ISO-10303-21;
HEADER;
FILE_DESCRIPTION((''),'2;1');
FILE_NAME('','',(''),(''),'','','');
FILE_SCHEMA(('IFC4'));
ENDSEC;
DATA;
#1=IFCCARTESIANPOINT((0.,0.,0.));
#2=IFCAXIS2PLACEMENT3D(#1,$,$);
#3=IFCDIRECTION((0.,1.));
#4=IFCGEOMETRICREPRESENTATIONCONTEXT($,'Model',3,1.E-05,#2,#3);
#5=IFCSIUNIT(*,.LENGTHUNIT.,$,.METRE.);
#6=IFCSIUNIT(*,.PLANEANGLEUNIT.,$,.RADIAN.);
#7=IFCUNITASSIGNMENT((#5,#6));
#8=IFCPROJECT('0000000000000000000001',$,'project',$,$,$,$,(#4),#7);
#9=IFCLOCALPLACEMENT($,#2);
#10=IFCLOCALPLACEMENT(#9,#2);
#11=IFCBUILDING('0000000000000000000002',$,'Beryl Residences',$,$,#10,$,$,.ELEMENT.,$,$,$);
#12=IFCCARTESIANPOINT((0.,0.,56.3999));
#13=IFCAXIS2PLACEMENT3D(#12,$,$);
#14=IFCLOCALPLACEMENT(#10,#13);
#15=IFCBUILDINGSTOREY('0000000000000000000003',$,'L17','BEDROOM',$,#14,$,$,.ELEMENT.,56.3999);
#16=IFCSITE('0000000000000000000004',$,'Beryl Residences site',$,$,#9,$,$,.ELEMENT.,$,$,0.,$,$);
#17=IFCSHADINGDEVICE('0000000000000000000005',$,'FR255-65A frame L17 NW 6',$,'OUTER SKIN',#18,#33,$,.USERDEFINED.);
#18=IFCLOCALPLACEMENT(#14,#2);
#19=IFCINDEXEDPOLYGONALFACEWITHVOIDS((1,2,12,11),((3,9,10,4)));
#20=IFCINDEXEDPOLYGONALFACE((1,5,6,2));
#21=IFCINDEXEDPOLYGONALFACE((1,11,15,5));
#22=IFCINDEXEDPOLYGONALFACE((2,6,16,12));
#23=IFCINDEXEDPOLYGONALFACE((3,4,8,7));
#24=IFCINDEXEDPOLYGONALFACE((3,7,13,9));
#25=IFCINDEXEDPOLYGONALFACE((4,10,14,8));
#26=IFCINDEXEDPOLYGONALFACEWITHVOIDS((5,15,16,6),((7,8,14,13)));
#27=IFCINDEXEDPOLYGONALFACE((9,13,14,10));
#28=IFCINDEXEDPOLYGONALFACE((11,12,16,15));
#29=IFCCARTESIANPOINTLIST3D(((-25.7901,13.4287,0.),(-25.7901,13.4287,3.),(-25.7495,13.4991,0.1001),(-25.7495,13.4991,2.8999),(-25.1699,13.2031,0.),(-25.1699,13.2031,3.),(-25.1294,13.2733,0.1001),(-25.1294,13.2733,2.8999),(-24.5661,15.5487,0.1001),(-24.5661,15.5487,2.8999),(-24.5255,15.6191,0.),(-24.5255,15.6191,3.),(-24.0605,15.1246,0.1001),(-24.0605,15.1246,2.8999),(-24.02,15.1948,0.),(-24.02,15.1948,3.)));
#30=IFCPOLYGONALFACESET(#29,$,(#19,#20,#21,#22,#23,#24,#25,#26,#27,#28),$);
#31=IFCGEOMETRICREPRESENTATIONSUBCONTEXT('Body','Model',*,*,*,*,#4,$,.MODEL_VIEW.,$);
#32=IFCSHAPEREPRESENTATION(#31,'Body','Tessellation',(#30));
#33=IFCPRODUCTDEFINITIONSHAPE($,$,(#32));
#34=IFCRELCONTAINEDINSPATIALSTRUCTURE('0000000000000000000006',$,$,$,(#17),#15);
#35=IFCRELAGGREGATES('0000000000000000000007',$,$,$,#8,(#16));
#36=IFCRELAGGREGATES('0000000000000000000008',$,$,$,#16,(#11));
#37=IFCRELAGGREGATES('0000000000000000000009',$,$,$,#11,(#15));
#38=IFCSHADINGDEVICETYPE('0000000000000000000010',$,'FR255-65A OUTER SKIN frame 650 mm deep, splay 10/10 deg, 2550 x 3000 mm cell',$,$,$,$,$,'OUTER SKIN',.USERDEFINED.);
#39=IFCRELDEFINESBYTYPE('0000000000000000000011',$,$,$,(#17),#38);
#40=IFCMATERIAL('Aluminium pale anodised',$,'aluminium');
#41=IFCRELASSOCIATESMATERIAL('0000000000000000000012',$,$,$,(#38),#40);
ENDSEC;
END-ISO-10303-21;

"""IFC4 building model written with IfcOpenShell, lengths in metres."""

from ifc_helpers import new_model, entity, si_unit, direction, frame, origin, place, context, subcontext, project, spatial, source, transform, mapped, material, type_object, type_shapes, element, save


model = new_model("IFC4")

# Units and contexts
model_context = context("Model", 3, precision=1e-05, world=origin(), true_north=direction((0.0, 1.0)))
body_context = subcontext(model_context, "Body", "Model", "MODEL_VIEW")
ifc_project = project(units=[si_unit("LENGTHUNIT", "METRE"), si_unit("PLANEANGLEUNIT", "RADIAN")], contexts=[model_context])

# Site, building, storey
site_placement = place(None, origin())
site = spatial("IfcSite", under=ifc_project, at=site_placement, Name="Beryl Residences site", CompositionType="ELEMENT", RefElevation=0.0)
building_placement = place(site_placement, origin())
building = spatial("IfcBuilding", under=site, at=building_placement, Name="Beryl Residences", CompositionType="ELEMENT")
storey_placement = place(building_placement, frame((0.0, 0.0, 56.3999)))
storey = spatial("IfcBuildingStorey", under=building, at=storey_placement, Name="L17", Description="BEDROOM", CompositionType="ELEMENT", Elevation=56.3999)

# Shading device
ifc_material_1 = material(Name="Aluminium pale anodised", Category="aluminium")
shading_device_type = type_object("IfcShadingDeviceType", Name="FR255-65A OUTER SKIN frame 650 mm deep, splay 10/10 deg, 2550 x 3000 mm cell", ElementType="OUTER SKIN", PredefinedType="USERDEFINED", material=ifc_material_1)
cartesian_point_1 = entity("IfcCartesianPoint", [-1.1499, 0.0])
cartesian_point_2 = entity("IfcCartesianPoint", [-1.0688, 0.1001])
cartesian_point_3 = entity("IfcCartesianPoint", [-1.2646, 0.0])
cartesian_point_4 = entity("IfcCartesianPoint", [-1.1833, 0.1001])
shared_shape = source(origin(), body_context, "Body", "SweptSolid", [
    entity("IfcExtrudedAreaSolidTapered", entity("IfcArbitraryProfileDefWithVoids", "AREA", None, entity("IfcPolyline", [cartesian_point_1, entity("IfcCartesianPoint", [1.1499, 0.0]), entity("IfcCartesianPoint", [1.1499, 3.0]), entity("IfcCartesianPoint", [-1.1499, 3.0]), cartesian_point_1]), [entity("IfcPolyline", [cartesian_point_2, entity("IfcCartesianPoint", [1.0688, 0.1001]), entity("IfcCartesianPoint", [1.0688, 2.8999]), entity("IfcCartesianPoint", [-1.0688, 2.8999]), cartesian_point_2])]), entity("IfcAxis2Placement3D", entity("IfcCartesianPoint", [0.0, 0.0, 0.0]), entity("IfcDirection", [0.0, 1.0, 0.0]), entity("IfcDirection", [-1.0, 0.0, 0.0])), entity("IfcDirection", [0.0, 0.0, 1.0]), 0.6499, entity("IfcArbitraryProfileDefWithVoids", "AREA", None, entity("IfcPolyline", [cartesian_point_3, entity("IfcCartesianPoint", [1.2646, 0.0]), entity("IfcCartesianPoint", [1.2646, 3.0]), entity("IfcCartesianPoint", [-1.2646, 3.0]), cartesian_point_3]), [entity("IfcPolyline", [cartesian_point_4, entity("IfcCartesianPoint", [1.1833, 0.1001]), entity("IfcCartesianPoint", [1.1833, 2.8999]), entity("IfcCartesianPoint", [-1.1833, 2.8999]), cartesian_point_4])])),
])
type_shapes(shading_device_type, [shared_shape])
shading_device_placement = place(storey_placement, frame((-24.595, 14.199, 0.0), z_axis=(0.0, 0.0, 1.0), x_axis=(0.5, 0.866025, 0.0)))
element("IfcShadingDevice", 1, at=shading_device_placement, inside=storey, type_object=shading_device_type, Name="FR255-65A frame L17 NW 6", ObjectType="OUTER SKIN", PredefinedType="USERDEFINED", context=body_context, shape_type="MappedRepresentation", body=[
    mapped(shared_shape, transform((0.0, 0.0, 0.0))),
])

save(model, "model.ifc")
